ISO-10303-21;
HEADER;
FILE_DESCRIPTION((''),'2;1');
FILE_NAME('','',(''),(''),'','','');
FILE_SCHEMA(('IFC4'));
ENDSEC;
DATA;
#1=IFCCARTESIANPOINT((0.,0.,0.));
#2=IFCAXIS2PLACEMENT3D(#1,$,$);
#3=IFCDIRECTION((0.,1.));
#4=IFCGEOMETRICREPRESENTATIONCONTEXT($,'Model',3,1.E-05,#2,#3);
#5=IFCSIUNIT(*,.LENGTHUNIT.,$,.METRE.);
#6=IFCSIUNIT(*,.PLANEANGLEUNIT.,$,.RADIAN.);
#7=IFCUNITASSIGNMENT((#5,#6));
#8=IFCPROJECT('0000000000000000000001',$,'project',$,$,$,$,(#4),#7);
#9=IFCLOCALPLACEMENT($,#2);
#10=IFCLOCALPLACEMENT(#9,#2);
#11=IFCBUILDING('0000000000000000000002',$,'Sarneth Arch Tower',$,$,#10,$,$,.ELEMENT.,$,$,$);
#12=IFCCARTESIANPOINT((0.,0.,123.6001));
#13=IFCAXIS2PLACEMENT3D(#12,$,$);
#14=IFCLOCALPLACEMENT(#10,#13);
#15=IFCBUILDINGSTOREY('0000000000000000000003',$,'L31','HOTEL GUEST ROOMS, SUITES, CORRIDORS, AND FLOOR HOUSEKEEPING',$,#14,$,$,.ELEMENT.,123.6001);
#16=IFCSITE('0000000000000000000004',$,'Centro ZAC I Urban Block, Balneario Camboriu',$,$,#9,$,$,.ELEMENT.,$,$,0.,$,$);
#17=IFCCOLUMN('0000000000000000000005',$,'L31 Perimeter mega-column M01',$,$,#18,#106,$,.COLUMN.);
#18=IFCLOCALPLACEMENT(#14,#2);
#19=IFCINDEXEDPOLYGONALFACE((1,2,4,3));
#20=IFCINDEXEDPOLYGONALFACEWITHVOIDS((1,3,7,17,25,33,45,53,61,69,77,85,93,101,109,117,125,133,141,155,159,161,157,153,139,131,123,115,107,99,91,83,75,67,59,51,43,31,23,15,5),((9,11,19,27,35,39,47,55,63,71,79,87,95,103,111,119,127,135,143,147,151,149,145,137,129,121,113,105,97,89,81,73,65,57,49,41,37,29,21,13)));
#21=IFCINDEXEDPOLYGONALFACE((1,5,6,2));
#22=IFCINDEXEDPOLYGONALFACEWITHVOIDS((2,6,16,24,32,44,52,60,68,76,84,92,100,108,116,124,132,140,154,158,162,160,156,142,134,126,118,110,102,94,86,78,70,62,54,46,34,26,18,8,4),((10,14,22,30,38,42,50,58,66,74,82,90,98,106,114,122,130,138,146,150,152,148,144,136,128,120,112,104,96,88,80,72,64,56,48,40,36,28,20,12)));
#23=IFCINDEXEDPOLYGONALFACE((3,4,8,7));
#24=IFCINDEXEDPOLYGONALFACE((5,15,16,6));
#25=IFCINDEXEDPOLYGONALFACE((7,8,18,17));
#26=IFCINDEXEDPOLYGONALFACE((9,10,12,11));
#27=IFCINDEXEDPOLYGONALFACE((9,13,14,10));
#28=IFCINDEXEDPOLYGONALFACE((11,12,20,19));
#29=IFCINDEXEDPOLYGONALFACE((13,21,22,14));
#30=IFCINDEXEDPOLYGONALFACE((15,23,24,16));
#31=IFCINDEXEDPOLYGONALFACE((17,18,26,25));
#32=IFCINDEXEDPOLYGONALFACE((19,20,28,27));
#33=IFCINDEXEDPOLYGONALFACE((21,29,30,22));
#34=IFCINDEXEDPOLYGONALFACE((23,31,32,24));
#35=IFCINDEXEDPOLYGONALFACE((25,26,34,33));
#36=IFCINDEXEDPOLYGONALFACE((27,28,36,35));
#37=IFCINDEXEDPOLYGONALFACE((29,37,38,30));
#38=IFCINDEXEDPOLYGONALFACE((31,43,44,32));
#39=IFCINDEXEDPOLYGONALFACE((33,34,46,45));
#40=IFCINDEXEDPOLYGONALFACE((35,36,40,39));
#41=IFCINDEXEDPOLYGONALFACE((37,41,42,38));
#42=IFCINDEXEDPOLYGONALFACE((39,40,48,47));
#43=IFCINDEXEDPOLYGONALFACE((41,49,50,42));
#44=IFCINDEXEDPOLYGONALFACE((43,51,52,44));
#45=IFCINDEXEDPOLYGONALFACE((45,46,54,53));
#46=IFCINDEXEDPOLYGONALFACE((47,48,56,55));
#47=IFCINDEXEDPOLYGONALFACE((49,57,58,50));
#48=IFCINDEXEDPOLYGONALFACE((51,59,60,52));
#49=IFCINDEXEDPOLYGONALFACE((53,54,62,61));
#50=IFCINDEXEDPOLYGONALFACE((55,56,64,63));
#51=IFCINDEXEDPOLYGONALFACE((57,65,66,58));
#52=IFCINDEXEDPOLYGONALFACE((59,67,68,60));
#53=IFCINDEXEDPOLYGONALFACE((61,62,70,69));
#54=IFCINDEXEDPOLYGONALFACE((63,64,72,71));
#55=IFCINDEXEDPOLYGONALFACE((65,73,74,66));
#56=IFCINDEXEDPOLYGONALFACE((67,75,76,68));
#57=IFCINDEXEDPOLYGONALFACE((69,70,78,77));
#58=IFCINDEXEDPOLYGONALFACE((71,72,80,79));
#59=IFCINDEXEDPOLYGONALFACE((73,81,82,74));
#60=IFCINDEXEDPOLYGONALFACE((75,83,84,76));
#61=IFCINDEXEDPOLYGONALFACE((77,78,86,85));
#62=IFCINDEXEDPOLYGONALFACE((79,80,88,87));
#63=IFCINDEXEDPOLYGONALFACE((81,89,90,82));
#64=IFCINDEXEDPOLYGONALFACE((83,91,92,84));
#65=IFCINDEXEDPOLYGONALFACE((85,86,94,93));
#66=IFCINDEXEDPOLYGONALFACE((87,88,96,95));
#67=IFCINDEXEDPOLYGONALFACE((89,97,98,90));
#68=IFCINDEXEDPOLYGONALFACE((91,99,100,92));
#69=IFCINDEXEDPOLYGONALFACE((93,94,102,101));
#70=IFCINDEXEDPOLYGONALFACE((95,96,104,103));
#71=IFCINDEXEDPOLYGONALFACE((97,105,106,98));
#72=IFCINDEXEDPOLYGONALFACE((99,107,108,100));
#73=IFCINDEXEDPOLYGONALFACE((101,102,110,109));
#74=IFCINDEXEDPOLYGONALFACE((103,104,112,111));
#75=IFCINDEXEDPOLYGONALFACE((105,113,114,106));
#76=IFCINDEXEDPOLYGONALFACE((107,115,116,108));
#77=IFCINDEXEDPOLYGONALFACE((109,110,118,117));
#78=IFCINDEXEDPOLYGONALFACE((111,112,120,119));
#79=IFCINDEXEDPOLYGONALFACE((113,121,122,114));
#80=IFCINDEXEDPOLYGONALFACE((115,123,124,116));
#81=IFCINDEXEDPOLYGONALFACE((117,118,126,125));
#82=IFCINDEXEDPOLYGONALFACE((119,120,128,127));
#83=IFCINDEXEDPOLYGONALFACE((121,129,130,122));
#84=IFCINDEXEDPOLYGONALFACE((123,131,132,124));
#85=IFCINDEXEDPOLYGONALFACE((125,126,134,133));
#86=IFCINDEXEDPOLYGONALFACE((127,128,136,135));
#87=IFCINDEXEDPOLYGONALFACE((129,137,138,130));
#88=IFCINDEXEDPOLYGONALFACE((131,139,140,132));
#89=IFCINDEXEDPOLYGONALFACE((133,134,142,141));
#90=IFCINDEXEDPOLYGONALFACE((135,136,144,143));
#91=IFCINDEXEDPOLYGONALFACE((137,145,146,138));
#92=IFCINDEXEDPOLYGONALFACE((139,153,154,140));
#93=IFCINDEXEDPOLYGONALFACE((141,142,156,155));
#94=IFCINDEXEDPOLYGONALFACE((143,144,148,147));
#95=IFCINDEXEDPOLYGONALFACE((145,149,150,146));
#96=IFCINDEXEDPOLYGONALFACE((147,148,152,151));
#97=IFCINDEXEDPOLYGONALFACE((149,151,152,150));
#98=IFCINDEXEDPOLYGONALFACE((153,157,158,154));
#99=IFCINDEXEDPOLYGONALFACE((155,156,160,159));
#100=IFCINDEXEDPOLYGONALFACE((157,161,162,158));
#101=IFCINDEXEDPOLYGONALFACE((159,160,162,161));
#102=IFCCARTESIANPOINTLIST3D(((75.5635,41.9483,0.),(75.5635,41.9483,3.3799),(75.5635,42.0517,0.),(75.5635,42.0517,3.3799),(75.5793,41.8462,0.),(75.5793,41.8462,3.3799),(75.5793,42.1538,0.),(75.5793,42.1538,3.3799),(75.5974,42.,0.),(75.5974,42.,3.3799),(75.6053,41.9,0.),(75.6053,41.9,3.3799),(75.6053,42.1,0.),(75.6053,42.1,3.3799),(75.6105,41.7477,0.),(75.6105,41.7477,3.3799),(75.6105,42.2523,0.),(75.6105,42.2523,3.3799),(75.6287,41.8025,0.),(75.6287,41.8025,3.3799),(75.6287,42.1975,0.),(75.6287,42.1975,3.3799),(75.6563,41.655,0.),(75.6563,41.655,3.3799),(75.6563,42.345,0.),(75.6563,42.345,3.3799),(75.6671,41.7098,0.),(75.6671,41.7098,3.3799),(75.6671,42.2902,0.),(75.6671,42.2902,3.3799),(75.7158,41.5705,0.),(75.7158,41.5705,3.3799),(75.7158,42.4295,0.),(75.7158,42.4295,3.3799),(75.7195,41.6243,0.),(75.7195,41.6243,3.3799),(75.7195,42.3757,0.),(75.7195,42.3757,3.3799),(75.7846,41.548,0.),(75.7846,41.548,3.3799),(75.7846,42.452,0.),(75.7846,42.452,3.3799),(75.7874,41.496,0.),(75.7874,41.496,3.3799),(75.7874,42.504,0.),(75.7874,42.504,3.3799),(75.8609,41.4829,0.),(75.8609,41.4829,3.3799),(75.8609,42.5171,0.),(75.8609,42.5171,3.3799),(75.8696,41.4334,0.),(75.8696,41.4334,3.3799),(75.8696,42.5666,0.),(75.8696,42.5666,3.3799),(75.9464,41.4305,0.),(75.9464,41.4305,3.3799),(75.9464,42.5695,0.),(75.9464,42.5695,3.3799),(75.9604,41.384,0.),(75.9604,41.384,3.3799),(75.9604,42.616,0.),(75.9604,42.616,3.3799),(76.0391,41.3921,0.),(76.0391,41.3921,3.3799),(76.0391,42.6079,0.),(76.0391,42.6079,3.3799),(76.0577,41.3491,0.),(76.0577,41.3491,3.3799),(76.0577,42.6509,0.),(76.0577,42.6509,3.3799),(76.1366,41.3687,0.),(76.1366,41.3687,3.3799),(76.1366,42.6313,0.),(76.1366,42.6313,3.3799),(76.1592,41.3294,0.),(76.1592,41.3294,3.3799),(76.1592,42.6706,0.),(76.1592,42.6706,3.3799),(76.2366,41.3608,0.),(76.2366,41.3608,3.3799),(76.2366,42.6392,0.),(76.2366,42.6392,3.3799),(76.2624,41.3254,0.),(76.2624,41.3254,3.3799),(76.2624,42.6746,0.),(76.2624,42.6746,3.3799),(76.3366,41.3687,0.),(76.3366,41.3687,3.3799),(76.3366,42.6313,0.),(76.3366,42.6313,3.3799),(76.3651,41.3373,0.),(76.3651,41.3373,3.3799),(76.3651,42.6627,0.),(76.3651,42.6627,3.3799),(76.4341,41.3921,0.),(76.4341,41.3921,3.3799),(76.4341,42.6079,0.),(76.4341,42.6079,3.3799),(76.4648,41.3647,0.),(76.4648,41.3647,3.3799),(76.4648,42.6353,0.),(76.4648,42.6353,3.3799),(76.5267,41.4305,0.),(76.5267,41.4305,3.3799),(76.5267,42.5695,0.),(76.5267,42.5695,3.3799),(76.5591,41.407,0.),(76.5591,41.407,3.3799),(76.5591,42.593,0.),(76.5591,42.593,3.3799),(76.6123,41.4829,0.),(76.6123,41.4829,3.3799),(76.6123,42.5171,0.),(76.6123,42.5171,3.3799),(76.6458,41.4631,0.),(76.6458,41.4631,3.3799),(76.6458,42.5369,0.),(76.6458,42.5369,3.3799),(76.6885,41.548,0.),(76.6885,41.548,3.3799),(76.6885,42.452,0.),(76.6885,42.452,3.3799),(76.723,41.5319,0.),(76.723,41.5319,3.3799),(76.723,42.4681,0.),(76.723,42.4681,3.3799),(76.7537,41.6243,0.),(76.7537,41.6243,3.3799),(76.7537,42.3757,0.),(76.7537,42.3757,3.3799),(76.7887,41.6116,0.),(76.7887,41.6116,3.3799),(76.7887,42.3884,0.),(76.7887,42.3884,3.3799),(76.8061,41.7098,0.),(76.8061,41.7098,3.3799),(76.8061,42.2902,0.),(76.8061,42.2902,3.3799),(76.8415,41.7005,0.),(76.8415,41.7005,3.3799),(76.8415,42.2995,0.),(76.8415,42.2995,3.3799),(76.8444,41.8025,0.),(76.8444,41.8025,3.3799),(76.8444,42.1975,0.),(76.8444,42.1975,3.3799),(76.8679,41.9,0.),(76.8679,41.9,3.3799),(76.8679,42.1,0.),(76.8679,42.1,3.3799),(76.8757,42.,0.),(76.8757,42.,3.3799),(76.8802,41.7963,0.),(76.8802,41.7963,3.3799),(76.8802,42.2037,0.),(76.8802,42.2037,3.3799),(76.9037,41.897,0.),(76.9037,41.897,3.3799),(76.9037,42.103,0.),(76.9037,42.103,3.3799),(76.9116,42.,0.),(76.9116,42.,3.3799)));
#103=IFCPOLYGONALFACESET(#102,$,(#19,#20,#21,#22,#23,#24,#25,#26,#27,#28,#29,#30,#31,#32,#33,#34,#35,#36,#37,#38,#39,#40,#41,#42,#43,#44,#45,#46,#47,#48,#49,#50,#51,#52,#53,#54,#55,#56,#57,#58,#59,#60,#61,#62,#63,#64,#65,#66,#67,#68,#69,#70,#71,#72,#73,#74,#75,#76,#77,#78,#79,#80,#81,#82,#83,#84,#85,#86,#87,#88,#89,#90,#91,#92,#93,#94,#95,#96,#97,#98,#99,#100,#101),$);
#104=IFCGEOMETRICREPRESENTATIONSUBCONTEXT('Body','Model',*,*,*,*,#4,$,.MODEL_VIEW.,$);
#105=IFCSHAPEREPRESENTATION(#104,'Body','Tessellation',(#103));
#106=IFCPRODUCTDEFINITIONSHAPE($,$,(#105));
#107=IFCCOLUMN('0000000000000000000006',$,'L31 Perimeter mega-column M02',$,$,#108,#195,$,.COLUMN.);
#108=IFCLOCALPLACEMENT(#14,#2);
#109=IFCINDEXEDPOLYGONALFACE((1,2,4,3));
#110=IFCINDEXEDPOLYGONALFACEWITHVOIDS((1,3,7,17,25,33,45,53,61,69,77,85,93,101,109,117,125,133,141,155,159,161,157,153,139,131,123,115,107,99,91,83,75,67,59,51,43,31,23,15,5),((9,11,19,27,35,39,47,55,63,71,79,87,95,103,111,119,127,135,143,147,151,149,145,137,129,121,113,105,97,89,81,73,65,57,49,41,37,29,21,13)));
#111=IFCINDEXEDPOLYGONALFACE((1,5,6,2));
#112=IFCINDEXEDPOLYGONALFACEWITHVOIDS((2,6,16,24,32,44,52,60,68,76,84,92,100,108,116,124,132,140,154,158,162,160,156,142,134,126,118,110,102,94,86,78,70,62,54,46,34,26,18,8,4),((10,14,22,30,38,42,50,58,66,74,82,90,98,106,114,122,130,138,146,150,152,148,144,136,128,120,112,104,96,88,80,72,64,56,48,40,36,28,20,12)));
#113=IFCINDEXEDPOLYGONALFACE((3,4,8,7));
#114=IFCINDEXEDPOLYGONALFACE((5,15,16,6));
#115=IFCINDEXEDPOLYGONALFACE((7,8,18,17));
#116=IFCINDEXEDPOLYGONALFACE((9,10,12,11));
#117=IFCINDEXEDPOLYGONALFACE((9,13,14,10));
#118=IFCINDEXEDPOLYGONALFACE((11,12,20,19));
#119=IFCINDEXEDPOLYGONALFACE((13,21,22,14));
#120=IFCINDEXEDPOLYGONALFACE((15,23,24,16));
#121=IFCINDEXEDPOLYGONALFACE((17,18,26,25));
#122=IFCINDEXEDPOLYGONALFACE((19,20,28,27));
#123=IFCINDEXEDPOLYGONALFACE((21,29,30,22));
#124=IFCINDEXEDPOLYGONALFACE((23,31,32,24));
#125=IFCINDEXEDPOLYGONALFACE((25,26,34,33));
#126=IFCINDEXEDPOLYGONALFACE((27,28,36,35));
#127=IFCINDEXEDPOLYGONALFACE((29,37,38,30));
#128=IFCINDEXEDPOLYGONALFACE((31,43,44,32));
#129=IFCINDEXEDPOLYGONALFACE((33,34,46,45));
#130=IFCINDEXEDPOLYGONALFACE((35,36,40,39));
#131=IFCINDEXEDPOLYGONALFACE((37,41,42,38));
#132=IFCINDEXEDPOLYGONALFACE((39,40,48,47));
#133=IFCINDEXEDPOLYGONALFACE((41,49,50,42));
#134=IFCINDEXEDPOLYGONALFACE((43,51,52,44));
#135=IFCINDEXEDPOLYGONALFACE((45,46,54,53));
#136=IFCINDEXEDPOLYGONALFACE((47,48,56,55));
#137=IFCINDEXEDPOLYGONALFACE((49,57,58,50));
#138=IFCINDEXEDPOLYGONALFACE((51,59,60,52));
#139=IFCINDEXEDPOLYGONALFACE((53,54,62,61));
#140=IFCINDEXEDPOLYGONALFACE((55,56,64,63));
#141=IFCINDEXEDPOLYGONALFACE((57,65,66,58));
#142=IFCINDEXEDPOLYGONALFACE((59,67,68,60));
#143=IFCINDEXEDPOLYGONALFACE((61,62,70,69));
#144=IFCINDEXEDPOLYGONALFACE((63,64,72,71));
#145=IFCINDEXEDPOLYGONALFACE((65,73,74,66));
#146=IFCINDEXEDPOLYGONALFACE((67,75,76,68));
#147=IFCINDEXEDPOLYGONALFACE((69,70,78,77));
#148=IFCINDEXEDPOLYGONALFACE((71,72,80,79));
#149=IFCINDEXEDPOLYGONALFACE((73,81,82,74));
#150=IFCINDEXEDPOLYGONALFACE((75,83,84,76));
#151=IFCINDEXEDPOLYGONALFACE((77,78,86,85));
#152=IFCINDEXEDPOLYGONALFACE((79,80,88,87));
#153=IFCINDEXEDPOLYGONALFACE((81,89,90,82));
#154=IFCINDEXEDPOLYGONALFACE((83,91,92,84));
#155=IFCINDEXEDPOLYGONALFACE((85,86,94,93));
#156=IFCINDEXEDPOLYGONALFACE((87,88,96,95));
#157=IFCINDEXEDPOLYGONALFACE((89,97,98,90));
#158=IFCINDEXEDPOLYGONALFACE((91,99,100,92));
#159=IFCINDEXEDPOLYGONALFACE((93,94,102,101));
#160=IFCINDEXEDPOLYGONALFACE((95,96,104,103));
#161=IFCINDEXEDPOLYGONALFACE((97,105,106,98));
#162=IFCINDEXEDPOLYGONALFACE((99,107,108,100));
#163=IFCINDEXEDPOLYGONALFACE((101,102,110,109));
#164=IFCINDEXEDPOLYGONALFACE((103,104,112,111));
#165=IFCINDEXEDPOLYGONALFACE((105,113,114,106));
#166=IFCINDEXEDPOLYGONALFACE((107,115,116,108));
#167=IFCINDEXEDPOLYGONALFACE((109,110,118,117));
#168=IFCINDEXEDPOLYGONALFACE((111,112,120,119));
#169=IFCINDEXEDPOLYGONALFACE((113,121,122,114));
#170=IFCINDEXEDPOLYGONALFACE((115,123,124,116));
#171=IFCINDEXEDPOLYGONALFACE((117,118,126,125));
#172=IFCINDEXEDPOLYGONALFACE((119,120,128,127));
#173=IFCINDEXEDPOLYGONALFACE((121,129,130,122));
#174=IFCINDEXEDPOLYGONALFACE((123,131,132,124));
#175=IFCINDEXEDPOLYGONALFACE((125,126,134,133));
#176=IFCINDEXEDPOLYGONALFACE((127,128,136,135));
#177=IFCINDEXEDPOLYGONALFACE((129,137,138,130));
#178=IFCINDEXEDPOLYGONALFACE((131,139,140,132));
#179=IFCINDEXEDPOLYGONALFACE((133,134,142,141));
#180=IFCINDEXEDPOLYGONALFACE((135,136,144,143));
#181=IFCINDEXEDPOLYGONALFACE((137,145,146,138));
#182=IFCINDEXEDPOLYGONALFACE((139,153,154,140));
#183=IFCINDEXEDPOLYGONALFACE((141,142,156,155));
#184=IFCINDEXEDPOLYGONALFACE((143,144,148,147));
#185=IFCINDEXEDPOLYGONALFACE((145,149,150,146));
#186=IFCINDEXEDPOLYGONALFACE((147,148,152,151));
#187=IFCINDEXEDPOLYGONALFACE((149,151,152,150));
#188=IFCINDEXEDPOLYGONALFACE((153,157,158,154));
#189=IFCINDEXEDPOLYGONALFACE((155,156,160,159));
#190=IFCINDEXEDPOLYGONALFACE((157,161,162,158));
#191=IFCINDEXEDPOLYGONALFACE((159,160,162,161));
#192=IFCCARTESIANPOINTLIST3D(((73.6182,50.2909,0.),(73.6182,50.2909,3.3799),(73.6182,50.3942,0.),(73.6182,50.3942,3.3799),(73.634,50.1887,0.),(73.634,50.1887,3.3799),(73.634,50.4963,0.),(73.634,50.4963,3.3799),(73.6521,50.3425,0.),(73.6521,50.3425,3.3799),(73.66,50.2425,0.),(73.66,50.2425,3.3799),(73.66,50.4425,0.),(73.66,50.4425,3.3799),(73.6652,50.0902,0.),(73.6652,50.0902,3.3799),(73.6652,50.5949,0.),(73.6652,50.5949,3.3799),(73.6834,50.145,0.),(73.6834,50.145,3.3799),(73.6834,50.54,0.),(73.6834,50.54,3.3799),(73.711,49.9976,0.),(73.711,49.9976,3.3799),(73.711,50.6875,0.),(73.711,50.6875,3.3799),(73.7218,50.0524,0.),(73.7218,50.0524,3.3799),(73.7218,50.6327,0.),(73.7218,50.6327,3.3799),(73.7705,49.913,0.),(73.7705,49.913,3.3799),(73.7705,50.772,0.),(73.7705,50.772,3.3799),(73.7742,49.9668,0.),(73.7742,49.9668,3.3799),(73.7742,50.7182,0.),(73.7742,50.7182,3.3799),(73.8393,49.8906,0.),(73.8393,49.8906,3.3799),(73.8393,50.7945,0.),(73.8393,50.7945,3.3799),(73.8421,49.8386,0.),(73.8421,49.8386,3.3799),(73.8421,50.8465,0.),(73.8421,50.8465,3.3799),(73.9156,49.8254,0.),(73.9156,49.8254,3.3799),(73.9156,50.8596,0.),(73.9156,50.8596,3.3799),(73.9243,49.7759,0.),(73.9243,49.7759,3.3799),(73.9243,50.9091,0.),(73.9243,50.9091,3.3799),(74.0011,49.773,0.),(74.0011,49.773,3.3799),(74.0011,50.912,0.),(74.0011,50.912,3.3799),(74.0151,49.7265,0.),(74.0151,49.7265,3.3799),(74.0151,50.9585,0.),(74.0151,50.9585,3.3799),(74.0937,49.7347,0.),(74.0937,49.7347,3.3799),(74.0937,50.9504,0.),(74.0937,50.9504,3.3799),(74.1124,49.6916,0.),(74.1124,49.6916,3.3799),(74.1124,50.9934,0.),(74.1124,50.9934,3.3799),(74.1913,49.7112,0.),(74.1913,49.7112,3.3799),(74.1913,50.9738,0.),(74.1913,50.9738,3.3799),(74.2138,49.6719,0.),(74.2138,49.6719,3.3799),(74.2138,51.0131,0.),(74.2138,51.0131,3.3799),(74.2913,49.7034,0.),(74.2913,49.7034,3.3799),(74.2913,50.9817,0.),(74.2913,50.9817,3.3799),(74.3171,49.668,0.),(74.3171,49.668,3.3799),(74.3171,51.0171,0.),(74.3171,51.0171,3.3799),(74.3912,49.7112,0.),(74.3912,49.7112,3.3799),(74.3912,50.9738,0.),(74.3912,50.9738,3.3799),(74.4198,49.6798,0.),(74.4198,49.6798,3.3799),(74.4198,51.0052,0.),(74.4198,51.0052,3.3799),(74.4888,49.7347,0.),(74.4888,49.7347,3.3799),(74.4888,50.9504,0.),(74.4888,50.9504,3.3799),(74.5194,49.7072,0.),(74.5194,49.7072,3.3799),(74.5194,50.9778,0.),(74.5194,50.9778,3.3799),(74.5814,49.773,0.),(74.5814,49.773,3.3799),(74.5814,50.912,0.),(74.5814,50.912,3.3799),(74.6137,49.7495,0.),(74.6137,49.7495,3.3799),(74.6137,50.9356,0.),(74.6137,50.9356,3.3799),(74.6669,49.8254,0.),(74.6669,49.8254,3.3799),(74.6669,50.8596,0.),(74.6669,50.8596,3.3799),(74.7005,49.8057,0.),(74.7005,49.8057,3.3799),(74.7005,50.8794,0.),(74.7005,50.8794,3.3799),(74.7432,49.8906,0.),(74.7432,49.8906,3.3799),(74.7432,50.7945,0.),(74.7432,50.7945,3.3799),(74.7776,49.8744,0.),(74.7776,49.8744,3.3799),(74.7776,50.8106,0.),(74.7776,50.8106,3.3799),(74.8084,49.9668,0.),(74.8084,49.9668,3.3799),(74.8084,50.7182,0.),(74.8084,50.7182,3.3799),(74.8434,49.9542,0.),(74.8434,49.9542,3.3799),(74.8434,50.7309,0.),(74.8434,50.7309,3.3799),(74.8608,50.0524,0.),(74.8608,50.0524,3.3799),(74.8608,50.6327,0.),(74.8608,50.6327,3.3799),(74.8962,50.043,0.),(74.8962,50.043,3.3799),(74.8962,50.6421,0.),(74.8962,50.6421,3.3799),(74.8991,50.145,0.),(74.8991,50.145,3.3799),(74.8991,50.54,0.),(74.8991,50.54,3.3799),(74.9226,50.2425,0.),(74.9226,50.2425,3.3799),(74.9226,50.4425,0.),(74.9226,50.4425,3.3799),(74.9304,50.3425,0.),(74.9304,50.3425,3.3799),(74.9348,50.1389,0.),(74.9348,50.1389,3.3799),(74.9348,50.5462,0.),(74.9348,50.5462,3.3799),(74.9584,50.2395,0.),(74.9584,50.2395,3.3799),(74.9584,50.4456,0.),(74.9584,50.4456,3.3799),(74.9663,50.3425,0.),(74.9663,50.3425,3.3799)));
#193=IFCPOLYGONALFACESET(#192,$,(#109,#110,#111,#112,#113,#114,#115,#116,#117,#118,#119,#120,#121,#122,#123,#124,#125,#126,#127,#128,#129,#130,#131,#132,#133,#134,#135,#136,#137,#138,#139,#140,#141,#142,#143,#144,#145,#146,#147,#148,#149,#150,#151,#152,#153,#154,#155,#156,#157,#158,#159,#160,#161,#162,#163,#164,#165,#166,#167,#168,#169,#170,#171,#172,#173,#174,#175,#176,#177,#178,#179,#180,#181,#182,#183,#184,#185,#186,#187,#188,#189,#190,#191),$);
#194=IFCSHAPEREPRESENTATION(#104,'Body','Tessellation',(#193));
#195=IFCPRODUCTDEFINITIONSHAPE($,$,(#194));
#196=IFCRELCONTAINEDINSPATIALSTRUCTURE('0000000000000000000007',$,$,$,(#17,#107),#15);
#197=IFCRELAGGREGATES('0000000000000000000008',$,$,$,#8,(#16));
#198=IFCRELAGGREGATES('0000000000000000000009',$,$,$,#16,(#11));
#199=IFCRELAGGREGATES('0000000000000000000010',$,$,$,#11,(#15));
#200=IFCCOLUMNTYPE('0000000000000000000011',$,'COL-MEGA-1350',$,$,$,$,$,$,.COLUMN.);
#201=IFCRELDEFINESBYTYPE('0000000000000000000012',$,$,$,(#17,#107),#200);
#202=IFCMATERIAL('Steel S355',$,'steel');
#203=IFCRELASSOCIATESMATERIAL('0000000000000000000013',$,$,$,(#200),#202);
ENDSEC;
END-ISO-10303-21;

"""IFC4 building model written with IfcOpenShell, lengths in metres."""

from ifc_helpers import new_model, si_unit, direction, frame, origin, origin_2d, place, context, subcontext, project, spatial, hollow_circle, extrude, material, material_profile, profile_set, type_object, element, save


model = new_model("IFC4")

# Units and contexts
model_context = context("Model", 3, precision=1e-05, world=origin(), true_north=direction((0.0, 1.0)))
body_context = subcontext(model_context, "Body", "Model", "MODEL_VIEW")
ifc_project = project(units=[si_unit("LENGTHUNIT", "METRE"), si_unit("PLANEANGLEUNIT", "RADIAN")], contexts=[model_context])

# Site, building, storey
site_placement = place(None, origin())
site = spatial("IfcSite", under=ifc_project, at=site_placement, Name="Centro ZAC I Urban Block, Balneario Camboriu", CompositionType="ELEMENT", RefElevation=0.0)
building_placement = place(site_placement, origin())
building = spatial("IfcBuilding", under=site, at=building_placement, Name="Sarneth Arch Tower", CompositionType="ELEMENT")
storey_placement = place(building_placement, frame((0.0, 0.0, 123.6001)))
storey = spatial("IfcBuildingStorey", under=building, at=storey_placement, Name="L31", Description="HOTEL GUEST ROOMS, SUITES, CORRIDORS, AND FLOOR HOUSEKEEPING", CompositionType="ELEMENT", Elevation=123.6001)

# Columns
ifc_material_1 = material(Name="Steel S355", Category="steel")
ifc_material_profile_1 = material_profile(ifc_material_1, hollow_circle(Radius=0.675, WallThickness=0.0359, at=origin_2d()), Name="CHS1350x36")
ifc_profile_set_1 = profile_set([ifc_material_profile_1], Name="Steel S355")
column_type = type_object("IfcColumnType", Name="COL-MEGA-1350", PredefinedType="COLUMN", material=ifc_profile_set_1)
for number, where, z_axis, x_axis, name in (
    (1, (76.2366, 42.0, 0.0), (0.0, 0.0, 1.0), (1.0, 0.0, 0.0), "L31 Perimeter mega-column M01"),
    (2, (74.2913, 50.3425, 0.0), (0.0, 0.0, 1.0), (1.0, 0.0, 0.0), "L31 Perimeter mega-column M02"),
):
    element("IfcColumn", number, at=place(storey_placement, frame(where, z_axis=z_axis, x_axis=x_axis)), inside=storey, type_object=column_type, Name=name, PredefinedType="COLUMN", context=body_context, shape_type="SweptSolid", body=[
        extrude(hollow_circle(Radius=0.675, WallThickness=0.0359, at=origin_2d()), origin(), (0.0, 0.0, 1.0), 3.3799),
    ])

save(model, "model.ifc")
